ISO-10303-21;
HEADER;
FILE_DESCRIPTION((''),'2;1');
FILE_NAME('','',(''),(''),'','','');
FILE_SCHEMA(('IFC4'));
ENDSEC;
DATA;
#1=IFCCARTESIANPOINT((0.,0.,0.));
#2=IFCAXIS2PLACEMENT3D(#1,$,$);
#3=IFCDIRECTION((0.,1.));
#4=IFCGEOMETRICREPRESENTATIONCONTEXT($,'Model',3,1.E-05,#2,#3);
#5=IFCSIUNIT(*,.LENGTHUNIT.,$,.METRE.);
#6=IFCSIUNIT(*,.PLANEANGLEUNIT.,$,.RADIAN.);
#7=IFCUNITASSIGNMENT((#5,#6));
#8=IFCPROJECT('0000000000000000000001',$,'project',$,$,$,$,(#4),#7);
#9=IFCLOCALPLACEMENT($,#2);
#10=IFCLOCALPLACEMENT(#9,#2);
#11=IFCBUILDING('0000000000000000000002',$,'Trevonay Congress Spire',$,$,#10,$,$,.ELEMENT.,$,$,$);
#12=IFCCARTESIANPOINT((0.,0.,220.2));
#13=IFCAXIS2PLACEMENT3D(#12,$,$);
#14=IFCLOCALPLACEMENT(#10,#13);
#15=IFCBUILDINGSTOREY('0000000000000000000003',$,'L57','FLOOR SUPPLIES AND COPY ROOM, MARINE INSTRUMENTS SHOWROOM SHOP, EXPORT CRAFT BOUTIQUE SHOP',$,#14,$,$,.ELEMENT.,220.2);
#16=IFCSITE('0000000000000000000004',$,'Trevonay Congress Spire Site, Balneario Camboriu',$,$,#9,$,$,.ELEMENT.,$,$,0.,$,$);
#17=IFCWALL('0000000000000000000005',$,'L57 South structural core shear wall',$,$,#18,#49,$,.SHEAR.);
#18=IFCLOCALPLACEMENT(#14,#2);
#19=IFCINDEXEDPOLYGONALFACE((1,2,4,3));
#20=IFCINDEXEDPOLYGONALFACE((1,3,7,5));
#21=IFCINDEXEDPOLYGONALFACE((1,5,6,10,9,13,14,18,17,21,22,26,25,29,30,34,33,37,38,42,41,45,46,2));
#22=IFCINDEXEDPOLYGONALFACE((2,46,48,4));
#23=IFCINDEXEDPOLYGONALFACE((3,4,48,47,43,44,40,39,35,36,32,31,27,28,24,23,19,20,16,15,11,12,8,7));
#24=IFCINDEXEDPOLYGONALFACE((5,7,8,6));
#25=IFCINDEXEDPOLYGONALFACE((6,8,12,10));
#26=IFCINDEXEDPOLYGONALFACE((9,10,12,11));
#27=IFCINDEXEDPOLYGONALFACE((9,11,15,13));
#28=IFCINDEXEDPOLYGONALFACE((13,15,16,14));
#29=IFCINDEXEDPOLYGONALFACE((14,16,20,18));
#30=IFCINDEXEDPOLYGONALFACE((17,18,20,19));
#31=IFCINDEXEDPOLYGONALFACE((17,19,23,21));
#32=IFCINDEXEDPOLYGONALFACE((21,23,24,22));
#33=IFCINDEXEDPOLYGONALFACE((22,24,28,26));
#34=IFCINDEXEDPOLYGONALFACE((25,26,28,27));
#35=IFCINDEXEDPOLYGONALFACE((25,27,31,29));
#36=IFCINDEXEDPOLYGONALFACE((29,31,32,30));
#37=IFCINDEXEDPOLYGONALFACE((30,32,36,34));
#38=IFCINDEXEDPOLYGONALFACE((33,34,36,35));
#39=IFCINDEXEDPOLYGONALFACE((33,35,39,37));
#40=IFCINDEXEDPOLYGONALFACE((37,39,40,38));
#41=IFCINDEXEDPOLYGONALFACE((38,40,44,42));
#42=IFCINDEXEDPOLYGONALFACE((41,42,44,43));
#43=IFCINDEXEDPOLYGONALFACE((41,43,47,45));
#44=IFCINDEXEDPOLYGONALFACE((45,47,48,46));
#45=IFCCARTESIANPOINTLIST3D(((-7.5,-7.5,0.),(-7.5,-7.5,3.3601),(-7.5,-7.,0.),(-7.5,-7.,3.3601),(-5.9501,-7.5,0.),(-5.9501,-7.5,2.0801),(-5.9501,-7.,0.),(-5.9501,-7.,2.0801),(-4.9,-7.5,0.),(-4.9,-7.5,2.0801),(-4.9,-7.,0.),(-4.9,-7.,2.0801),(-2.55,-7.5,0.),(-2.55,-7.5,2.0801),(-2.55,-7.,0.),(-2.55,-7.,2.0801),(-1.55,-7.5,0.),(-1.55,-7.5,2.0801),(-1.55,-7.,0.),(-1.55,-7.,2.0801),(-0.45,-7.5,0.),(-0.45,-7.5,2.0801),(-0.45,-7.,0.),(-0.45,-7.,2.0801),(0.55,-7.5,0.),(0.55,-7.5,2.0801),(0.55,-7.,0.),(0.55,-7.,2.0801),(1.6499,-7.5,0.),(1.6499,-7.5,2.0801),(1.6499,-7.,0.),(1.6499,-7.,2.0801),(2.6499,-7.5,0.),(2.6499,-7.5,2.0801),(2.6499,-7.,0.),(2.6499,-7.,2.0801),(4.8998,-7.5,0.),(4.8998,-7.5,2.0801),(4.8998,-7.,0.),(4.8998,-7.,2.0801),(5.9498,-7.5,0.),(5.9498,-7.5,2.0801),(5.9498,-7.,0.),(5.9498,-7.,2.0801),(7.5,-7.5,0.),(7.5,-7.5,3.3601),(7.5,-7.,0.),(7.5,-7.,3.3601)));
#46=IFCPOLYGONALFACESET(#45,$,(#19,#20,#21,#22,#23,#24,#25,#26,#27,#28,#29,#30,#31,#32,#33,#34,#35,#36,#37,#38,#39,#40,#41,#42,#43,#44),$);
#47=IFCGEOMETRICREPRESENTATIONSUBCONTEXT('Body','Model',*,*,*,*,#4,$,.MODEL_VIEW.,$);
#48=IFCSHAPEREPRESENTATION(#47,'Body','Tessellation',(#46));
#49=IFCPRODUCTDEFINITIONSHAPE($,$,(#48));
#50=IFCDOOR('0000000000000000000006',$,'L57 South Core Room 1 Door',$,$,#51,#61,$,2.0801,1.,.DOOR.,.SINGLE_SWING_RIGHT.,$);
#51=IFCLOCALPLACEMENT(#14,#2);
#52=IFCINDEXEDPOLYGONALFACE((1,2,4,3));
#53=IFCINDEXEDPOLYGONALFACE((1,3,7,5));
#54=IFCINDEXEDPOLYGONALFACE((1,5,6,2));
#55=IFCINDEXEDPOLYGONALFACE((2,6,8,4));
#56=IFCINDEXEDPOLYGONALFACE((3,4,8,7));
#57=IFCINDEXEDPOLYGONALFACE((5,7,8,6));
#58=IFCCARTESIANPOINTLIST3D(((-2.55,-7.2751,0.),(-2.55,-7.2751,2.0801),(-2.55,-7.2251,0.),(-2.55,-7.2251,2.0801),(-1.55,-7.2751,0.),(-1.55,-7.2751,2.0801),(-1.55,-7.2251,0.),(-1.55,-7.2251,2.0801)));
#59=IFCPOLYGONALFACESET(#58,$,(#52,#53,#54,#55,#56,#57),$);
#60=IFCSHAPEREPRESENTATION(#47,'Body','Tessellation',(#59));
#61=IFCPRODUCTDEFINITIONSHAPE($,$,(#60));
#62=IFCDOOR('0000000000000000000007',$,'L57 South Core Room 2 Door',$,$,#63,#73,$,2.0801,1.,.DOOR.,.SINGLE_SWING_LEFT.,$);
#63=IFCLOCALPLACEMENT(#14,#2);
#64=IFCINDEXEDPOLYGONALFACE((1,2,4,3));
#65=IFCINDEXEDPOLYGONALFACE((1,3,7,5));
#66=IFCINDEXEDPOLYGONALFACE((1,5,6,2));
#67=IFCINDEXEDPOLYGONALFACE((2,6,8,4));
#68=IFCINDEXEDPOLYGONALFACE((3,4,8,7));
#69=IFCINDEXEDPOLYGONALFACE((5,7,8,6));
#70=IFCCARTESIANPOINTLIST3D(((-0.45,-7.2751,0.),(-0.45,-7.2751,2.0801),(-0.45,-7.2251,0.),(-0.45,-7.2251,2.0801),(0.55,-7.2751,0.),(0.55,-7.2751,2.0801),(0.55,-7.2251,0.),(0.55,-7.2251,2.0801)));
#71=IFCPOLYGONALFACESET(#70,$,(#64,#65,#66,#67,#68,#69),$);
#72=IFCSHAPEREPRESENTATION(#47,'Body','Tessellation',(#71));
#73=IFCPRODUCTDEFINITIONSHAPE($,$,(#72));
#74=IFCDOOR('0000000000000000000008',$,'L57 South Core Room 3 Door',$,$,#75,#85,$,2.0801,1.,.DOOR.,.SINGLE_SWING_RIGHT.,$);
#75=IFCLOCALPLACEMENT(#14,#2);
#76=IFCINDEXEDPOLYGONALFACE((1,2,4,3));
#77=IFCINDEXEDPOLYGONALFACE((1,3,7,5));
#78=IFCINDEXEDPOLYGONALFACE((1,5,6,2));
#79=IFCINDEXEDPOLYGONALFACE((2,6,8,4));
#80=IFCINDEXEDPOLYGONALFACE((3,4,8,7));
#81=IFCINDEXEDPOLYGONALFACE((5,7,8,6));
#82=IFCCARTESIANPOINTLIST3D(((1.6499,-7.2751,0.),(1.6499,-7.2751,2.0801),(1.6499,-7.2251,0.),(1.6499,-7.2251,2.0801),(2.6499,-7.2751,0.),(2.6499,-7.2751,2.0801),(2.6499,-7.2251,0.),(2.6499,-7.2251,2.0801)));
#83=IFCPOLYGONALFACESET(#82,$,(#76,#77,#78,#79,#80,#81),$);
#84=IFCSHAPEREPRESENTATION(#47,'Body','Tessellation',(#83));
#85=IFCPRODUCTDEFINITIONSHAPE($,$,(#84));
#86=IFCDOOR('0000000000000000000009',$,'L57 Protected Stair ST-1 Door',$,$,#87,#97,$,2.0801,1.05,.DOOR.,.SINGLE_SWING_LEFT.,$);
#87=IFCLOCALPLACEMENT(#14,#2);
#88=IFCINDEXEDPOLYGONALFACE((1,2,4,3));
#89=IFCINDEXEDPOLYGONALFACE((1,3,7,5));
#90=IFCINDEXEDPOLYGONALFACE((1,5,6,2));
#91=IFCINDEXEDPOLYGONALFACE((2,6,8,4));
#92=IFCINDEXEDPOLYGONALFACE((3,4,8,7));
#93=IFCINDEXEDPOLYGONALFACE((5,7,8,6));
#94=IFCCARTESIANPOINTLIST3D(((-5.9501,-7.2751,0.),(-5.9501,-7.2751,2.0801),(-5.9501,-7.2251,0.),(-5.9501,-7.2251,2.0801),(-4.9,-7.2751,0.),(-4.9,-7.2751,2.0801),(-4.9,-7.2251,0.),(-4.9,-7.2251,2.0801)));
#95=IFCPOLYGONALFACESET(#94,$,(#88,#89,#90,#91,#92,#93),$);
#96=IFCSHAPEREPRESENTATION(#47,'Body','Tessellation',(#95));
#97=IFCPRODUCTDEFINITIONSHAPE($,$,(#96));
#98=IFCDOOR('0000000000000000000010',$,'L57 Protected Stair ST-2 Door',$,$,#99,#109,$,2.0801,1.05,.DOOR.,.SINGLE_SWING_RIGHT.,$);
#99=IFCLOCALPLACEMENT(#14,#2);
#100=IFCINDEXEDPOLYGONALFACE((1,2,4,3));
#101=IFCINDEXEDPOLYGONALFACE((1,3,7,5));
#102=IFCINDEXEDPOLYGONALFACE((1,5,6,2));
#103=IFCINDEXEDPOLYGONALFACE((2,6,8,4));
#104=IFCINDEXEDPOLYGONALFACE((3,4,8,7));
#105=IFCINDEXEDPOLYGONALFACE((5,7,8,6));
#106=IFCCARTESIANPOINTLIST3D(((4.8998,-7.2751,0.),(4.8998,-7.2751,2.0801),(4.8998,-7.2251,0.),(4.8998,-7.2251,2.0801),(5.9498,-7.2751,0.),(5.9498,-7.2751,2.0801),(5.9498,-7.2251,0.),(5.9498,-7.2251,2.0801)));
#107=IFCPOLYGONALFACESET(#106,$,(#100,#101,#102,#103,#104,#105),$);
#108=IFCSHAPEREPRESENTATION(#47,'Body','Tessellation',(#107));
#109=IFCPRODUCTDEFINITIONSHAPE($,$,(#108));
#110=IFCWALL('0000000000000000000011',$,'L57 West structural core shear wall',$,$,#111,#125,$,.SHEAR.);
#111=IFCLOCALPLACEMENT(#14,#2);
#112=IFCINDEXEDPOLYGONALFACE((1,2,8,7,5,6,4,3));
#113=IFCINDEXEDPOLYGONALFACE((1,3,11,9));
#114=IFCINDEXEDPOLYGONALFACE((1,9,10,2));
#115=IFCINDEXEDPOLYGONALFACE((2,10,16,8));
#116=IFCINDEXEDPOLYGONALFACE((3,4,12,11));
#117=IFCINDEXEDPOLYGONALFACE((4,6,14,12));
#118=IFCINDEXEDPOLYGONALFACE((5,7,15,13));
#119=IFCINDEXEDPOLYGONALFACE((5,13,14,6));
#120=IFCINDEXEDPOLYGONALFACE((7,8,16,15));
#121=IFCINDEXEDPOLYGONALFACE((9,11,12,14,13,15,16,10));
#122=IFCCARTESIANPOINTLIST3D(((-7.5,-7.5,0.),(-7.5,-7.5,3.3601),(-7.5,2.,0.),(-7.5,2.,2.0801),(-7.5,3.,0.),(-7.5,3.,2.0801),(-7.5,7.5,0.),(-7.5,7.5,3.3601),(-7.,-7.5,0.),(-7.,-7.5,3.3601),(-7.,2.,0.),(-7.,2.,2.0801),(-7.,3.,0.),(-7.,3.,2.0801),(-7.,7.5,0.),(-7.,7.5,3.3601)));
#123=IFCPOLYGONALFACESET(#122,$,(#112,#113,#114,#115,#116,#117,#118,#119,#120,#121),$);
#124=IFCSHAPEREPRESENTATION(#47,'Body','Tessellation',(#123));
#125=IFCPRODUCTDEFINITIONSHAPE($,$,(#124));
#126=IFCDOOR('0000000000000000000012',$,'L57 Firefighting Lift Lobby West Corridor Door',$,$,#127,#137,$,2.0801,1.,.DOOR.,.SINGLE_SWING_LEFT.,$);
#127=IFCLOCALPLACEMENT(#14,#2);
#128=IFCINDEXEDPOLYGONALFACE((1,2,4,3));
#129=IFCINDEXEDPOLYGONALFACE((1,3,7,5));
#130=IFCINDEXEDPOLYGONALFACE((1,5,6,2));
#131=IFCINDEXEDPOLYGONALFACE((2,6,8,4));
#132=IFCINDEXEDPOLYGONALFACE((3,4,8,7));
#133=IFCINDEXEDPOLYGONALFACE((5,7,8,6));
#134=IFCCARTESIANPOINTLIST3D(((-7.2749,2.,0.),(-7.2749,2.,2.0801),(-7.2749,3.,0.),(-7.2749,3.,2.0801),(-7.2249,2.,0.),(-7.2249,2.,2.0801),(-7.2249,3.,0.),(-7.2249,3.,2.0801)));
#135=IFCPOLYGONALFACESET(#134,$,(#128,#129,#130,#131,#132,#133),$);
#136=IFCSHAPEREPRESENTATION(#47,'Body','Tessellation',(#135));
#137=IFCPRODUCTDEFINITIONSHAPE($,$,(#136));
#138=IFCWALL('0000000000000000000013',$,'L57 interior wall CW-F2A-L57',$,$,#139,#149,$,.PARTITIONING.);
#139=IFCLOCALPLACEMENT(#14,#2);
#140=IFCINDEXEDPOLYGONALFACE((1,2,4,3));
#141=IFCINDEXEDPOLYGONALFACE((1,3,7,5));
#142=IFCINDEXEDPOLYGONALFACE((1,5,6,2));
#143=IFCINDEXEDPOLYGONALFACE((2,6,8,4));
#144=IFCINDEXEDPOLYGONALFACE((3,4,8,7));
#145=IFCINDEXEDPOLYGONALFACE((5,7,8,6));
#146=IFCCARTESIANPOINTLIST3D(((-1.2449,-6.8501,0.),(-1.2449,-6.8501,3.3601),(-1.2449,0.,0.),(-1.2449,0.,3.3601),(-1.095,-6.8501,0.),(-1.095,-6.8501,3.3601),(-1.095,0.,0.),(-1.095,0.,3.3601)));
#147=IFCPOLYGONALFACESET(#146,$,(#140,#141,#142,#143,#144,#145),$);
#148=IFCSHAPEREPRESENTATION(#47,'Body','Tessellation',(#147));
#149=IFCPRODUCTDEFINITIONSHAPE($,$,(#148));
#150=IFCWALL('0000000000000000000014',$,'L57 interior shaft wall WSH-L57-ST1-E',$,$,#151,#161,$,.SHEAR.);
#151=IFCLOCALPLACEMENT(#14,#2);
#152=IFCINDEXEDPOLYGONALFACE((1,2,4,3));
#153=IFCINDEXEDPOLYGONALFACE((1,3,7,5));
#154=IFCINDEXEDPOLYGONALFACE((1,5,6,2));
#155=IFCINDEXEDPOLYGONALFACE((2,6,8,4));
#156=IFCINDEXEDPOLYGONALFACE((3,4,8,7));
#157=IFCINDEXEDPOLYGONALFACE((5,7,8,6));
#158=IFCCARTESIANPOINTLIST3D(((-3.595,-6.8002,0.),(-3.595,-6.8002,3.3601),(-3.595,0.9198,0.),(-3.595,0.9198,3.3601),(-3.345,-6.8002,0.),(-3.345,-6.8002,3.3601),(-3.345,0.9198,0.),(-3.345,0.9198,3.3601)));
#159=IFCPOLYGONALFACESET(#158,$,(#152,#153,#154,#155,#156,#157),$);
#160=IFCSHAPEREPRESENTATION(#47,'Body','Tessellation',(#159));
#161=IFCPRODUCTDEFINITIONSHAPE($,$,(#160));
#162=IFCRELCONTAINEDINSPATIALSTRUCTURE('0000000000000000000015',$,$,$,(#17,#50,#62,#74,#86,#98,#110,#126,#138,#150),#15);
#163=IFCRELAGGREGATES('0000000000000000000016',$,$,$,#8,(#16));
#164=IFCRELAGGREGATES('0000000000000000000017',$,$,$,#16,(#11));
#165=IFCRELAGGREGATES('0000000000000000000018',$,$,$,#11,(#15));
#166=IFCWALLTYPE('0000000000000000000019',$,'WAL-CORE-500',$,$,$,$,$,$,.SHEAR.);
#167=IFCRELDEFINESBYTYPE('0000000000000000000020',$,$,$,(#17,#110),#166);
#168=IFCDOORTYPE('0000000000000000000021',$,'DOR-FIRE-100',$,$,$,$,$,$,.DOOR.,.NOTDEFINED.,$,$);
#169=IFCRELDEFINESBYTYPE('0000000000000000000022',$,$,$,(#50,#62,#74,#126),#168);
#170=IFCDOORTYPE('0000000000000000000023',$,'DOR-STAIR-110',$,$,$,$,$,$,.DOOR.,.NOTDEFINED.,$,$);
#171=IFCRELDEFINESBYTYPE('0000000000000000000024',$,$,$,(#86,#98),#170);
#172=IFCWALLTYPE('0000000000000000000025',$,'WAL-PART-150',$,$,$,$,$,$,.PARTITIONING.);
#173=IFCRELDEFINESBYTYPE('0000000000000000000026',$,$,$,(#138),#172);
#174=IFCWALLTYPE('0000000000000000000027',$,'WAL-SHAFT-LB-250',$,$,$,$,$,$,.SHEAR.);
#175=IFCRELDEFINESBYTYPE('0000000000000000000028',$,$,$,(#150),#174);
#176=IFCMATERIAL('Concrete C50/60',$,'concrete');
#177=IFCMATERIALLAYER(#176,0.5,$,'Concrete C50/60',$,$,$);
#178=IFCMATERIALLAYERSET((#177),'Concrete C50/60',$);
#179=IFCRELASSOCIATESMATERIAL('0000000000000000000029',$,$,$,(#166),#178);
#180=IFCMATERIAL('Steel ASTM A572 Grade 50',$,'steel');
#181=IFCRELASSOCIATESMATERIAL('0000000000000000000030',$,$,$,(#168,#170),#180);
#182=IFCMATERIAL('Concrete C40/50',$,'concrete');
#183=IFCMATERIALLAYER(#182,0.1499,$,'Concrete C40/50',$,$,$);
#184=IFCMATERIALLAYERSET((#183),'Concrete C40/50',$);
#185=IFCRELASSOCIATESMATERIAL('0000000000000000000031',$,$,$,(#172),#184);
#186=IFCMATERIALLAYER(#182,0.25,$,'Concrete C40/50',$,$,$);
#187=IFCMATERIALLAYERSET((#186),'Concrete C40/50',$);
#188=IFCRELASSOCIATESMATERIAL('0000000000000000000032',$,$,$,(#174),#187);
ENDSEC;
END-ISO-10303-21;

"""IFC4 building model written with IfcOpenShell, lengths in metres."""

from ifc_helpers import new_model, si_unit, direction, frame, frame_2d, origin, place, context, subcontext, project, spatial, rectangle, extrude, material, layer, layer_set, type_object, element, fill, save


model = new_model("IFC4")

# Units and contexts
model_context = context("Model", 3, precision=1e-05, world=origin(), true_north=direction((0.0, 1.0)))
body_context = subcontext(model_context, "Body", "Model", "MODEL_VIEW")
ifc_project = project(units=[si_unit("LENGTHUNIT", "METRE"), si_unit("PLANEANGLEUNIT", "RADIAN")], contexts=[model_context])

# Site, building, storey
site_placement = place(None, origin())
site = spatial("IfcSite", under=ifc_project, at=site_placement, Name="Trevonay Congress Spire Site, Balneario Camboriu", CompositionType="ELEMENT", RefElevation=0.0)
building_placement = place(site_placement, origin())
building = spatial("IfcBuilding", under=site, at=building_placement, Name="Trevonay Congress Spire", CompositionType="ELEMENT")
storey_placement = place(building_placement, frame((0.0, 0.0, 220.2)))
storey = spatial("IfcBuildingStorey", under=building, at=storey_placement, Name="L57", Description="FLOOR SUPPLIES AND COPY ROOM, MARINE INSTRUMENTS SHOWROOM SHOP, EXPORT CRAFT BOUTIQUE SHOP", CompositionType="ELEMENT", Elevation=220.2)

# Shared definitions
ifc_material_1 = material(Name="Steel ASTM A572 Grade 50", Category="steel")

# Wall, openings, doors
ifc_material_2 = material(Name="Concrete C50/60", Category="concrete")
ifc_layer_1 = layer(ifc_material_2, 0.5, Name="Concrete C50/60")
ifc_layer_set_1 = layer_set([ifc_layer_1], Name="Concrete C50/60")
wall_type_1 = type_object("IfcWallType", Name="WAL-CORE-500", PredefinedType="SHEAR", material=ifc_layer_set_1)
wall_1_placement = place(storey_placement, frame((-7.5, -7.25, 0.0), z_axis=(0.0, 0.0, 1.0), x_axis=(1.0, 0.0, 0.0)))
wall_1 = element("IfcWall", 1, at=wall_1_placement, inside=storey, type_object=wall_type_1, Name="L57 South structural core shear wall", PredefinedType="SHEAR", context=body_context, shape_type="SweptSolid", body=[
    extrude(rectangle(XDim=15.0, YDim=0.5, at=frame_2d((7.5, 0.0))), origin(), (0.0, 0.0, 1.0), 3.3601),
])
opening_1_placement = place(wall_1_placement, frame((1.55, 0.0, 0.0)))
opening_1 = element("IfcOpeningElement", 2, at=opening_1_placement, cuts=wall_1, PredefinedType="OPENING", context=body_context, shape_type="SweptSolid", body=[
    extrude(rectangle(XDim=1.05, YDim=2.0801, at=frame_2d((0.5249, 1.04))), frame((0.0, 0.26, 0.0), z_axis=(0.0, -1.0, 0.0), x_axis=(1.0, 0.0, 0.0)), (0.0, 0.0, 1.0), 0.52),
])
opening_2_placement = place(wall_1_placement, frame((12.3999, 0.0, 0.0)))
opening_2 = element("IfcOpeningElement", 3, at=opening_2_placement, cuts=wall_1, PredefinedType="OPENING", context=body_context, shape_type="SweptSolid", body=[
    extrude(rectangle(XDim=1.05, YDim=2.0801, at=frame_2d((0.5249, 1.04))), frame((0.0, 0.26, 0.0), z_axis=(0.0, -1.0, 0.0), x_axis=(1.0, 0.0, 0.0)), (0.0, 0.0, 1.0), 0.52),
])
opening_3_placement = place(wall_1_placement, frame((4.95, 0.0, 0.0)))
opening_3 = element("IfcOpeningElement", 4, at=opening_3_placement, cuts=wall_1, PredefinedType="OPENING", context=body_context, shape_type="SweptSolid", body=[
    extrude(rectangle(XDim=1.0, YDim=2.0801, at=frame_2d((0.5, 1.04))), frame((0.0, 0.26, 0.0), z_axis=(0.0, -1.0, 0.0), x_axis=(1.0, 0.0, 0.0)), (0.0, 0.0, 1.0), 0.52),
])
opening_4_placement = place(wall_1_placement, frame((7.05, 0.0, 0.0)))
opening_4 = element("IfcOpeningElement", 5, at=opening_4_placement, cuts=wall_1, PredefinedType="OPENING", context=body_context, shape_type="SweptSolid", body=[
    extrude(rectangle(XDim=1.0, YDim=2.0801, at=frame_2d((0.5, 1.04))), frame((0.0, 0.26, 0.0), z_axis=(0.0, -1.0, 0.0), x_axis=(1.0, 0.0, 0.0)), (0.0, 0.0, 1.0), 0.52),
])
opening_5_placement = place(wall_1_placement, frame((9.1499, 0.0, 0.0)))
opening_5 = element("IfcOpeningElement", 6, at=opening_5_placement, cuts=wall_1, PredefinedType="OPENING", context=body_context, shape_type="SweptSolid", body=[
    extrude(rectangle(XDim=1.0, YDim=2.0801, at=frame_2d((0.5, 1.04))), frame((0.0, 0.26, 0.0), z_axis=(0.0, -1.0, 0.0), x_axis=(1.0, 0.0, 0.0)), (0.0, 0.0, 1.0), 0.52),
])
door_type_1 = type_object("IfcDoorType", Name="DOR-FIRE-100", OperationType="NOTDEFINED", PredefinedType="DOOR", material=ifc_material_1)
door_1_placement = place(opening_3_placement, origin())
door_1 = element("IfcDoor", 7, at=door_1_placement, inside=storey, type_object=door_type_1, Name="L57 South Core Room 1 Door", OperationType="SINGLE_SWING_RIGHT", OverallHeight=2.0801, OverallWidth=1.0, PredefinedType="DOOR", context=body_context, shape_type="SweptSolid", body=[
    extrude(rectangle(XDim=1.0, YDim=2.0801, at=frame_2d((0.5, 1.04))), frame((0.0, 0.0249, 0.0), z_axis=(0.0, -1.0, 0.0), x_axis=(1.0, 0.0, 0.0)), (0.0, 0.0, 1.0), 0.05),
])
fill(opening_3, door_1)
door_2_placement = place(opening_4_placement, origin())
door_2 = element("IfcDoor", 8, at=door_2_placement, inside=storey, type_object=door_type_1, Name="L57 South Core Room 2 Door", OperationType="SINGLE_SWING_LEFT", OverallHeight=2.0801, OverallWidth=1.0, PredefinedType="DOOR", context=body_context, shape_type="SweptSolid", body=[
    extrude(rectangle(XDim=1.0, YDim=2.0801, at=frame_2d((0.5, 1.04))), frame((0.0, 0.0249, 0.0), z_axis=(0.0, -1.0, 0.0), x_axis=(1.0, 0.0, 0.0)), (0.0, 0.0, 1.0), 0.05),
])
fill(opening_4, door_2)
door_3_placement = place(opening_5_placement, origin())
door_3 = element("IfcDoor", 9, at=door_3_placement, inside=storey, type_object=door_type_1, Name="L57 South Core Room 3 Door", OperationType="SINGLE_SWING_RIGHT", OverallHeight=2.0801, OverallWidth=1.0, PredefinedType="DOOR", context=body_context, shape_type="SweptSolid", body=[
    extrude(rectangle(XDim=1.0, YDim=2.0801, at=frame_2d((0.5, 1.04))), frame((0.0, 0.0249, 0.0), z_axis=(0.0, -1.0, 0.0), x_axis=(1.0, 0.0, 0.0)), (0.0, 0.0, 1.0), 0.05),
])
fill(opening_5, door_3)
door_type_2 = type_object("IfcDoorType", Name="DOR-STAIR-110", OperationType="NOTDEFINED", PredefinedType="DOOR", material=ifc_material_1)
door_4_placement = place(opening_1_placement, origin())
door_4 = element("IfcDoor", 10, at=door_4_placement, inside=storey, type_object=door_type_2, Name="L57 Protected Stair ST-1 Door", OperationType="SINGLE_SWING_LEFT", OverallHeight=2.0801, OverallWidth=1.05, PredefinedType="DOOR", context=body_context, shape_type="SweptSolid", body=[
    extrude(rectangle(XDim=1.05, YDim=2.0801, at=frame_2d((0.5249, 1.04))), frame((0.0, 0.0249, 0.0), z_axis=(0.0, -1.0, 0.0), x_axis=(1.0, 0.0, 0.0)), (0.0, 0.0, 1.0), 0.05),
])
fill(opening_1, door_4)
door_5_placement = place(opening_2_placement, origin())
door_5 = element("IfcDoor", 11, at=door_5_placement, inside=storey, type_object=door_type_2, Name="L57 Protected Stair ST-2 Door", OperationType="SINGLE_SWING_RIGHT", OverallHeight=2.0801, OverallWidth=1.05, PredefinedType="DOOR", context=body_context, shape_type="SweptSolid", body=[
    extrude(rectangle(XDim=1.05, YDim=2.0801, at=frame_2d((0.5249, 1.04))), frame((0.0, 0.0249, 0.0), z_axis=(0.0, -1.0, 0.0), x_axis=(1.0, 0.0, 0.0)), (0.0, 0.0, 1.0), 0.05),
])
fill(opening_2, door_5)

# Wall, opening, door
wall_2_placement = place(storey_placement, frame((-7.25, -7.5, 0.0), z_axis=(0.0, 0.0, 1.0), x_axis=(0.0, 1.0, 0.0)))
wall_2 = element("IfcWall", 12, at=wall_2_placement, inside=storey, type_object=wall_type_1, Name="L57 West structural core shear wall", PredefinedType="SHEAR", context=body_context, shape_type="SweptSolid", body=[
    extrude(rectangle(XDim=15.0, YDim=0.5, at=frame_2d((7.5, 0.0))), origin(), (0.0, 0.0, 1.0), 3.3601),
])
opening_6_placement = place(wall_2_placement, frame((9.5, 0.0, 0.0)))
opening_6 = element("IfcOpeningElement", 13, at=opening_6_placement, cuts=wall_2, PredefinedType="OPENING", context=body_context, shape_type="SweptSolid", body=[
    extrude(rectangle(XDim=1.0, YDim=2.0801, at=frame_2d((0.5, 1.04))), frame((0.0, 0.26, 0.0), z_axis=(0.0, -1.0, 0.0), x_axis=(1.0, 0.0, 0.0)), (0.0, 0.0, 1.0), 0.52),
])
door_6_placement = place(opening_6_placement, origin())
door_6 = element("IfcDoor", 14, at=door_6_placement, inside=storey, type_object=door_type_1, Name="L57 Firefighting Lift Lobby West Corridor Door", OperationType="SINGLE_SWING_LEFT", OverallHeight=2.0801, OverallWidth=1.0, PredefinedType="DOOR", context=body_context, shape_type="SweptSolid", body=[
    extrude(rectangle(XDim=1.0, YDim=2.0801, at=frame_2d((0.5, 1.04))), frame((0.0, 0.0249, 0.0), z_axis=(0.0, -1.0, 0.0), x_axis=(1.0, 0.0, 0.0)), (0.0, 0.0, 1.0), 0.05),
])
fill(opening_6, door_6)

# Walls
ifc_material_3 = material(Name="Concrete C40/50", Category="concrete")
ifc_layer_2 = layer(ifc_material_3, 0.1499, Name="Concrete C40/50")
ifc_layer_set_2 = layer_set([ifc_layer_2], Name="Concrete C40/50")
wall_type_2 = type_object("IfcWallType", Name="WAL-PART-150", PredefinedType="PARTITIONING", material=ifc_layer_set_2)
wall_3_placement = place(storey_placement, frame((-1.1699, -6.8501, 0.0), z_axis=(0.0, 0.0, 1.0), x_axis=(0.0, 1.0, 0.0)))
element("IfcWall", 15, at=wall_3_placement, inside=storey, type_object=wall_type_2, Name="L57 interior wall CW-F2A-L57", PredefinedType="PARTITIONING", context=body_context, shape_type="SweptSolid", body=[
    extrude(rectangle(XDim=6.8501, YDim=0.1499, at=frame_2d((3.425, 0.0))), origin(), (0.0, 0.0, 1.0), 3.3601),
])
ifc_layer_3 = layer(ifc_material_3, 0.25, Name="Concrete C40/50")
ifc_layer_set_3 = layer_set([ifc_layer_3], Name="Concrete C40/50")
wall_type_3 = type_object("IfcWallType", Name="WAL-SHAFT-LB-250", PredefinedType="SHEAR", material=ifc_layer_set_3)
wall_4_placement = place(storey_placement, frame((-3.47, -6.8, 0.0), z_axis=(0.0, 0.0, 1.0), x_axis=(0.0, 1.0, 0.0)))
element("IfcWall", 16, at=wall_4_placement, inside=storey, type_object=wall_type_3, Name="L57 interior shaft wall WSH-L57-ST1-E", PredefinedType="SHEAR", context=body_context, shape_type="SweptSolid", body=[
    extrude(rectangle(XDim=7.72, YDim=0.25, at=frame_2d((3.8599, 0.0))), origin(), (0.0, 0.0, 1.0), 3.3601),
])

save(model, "model.ifc")
